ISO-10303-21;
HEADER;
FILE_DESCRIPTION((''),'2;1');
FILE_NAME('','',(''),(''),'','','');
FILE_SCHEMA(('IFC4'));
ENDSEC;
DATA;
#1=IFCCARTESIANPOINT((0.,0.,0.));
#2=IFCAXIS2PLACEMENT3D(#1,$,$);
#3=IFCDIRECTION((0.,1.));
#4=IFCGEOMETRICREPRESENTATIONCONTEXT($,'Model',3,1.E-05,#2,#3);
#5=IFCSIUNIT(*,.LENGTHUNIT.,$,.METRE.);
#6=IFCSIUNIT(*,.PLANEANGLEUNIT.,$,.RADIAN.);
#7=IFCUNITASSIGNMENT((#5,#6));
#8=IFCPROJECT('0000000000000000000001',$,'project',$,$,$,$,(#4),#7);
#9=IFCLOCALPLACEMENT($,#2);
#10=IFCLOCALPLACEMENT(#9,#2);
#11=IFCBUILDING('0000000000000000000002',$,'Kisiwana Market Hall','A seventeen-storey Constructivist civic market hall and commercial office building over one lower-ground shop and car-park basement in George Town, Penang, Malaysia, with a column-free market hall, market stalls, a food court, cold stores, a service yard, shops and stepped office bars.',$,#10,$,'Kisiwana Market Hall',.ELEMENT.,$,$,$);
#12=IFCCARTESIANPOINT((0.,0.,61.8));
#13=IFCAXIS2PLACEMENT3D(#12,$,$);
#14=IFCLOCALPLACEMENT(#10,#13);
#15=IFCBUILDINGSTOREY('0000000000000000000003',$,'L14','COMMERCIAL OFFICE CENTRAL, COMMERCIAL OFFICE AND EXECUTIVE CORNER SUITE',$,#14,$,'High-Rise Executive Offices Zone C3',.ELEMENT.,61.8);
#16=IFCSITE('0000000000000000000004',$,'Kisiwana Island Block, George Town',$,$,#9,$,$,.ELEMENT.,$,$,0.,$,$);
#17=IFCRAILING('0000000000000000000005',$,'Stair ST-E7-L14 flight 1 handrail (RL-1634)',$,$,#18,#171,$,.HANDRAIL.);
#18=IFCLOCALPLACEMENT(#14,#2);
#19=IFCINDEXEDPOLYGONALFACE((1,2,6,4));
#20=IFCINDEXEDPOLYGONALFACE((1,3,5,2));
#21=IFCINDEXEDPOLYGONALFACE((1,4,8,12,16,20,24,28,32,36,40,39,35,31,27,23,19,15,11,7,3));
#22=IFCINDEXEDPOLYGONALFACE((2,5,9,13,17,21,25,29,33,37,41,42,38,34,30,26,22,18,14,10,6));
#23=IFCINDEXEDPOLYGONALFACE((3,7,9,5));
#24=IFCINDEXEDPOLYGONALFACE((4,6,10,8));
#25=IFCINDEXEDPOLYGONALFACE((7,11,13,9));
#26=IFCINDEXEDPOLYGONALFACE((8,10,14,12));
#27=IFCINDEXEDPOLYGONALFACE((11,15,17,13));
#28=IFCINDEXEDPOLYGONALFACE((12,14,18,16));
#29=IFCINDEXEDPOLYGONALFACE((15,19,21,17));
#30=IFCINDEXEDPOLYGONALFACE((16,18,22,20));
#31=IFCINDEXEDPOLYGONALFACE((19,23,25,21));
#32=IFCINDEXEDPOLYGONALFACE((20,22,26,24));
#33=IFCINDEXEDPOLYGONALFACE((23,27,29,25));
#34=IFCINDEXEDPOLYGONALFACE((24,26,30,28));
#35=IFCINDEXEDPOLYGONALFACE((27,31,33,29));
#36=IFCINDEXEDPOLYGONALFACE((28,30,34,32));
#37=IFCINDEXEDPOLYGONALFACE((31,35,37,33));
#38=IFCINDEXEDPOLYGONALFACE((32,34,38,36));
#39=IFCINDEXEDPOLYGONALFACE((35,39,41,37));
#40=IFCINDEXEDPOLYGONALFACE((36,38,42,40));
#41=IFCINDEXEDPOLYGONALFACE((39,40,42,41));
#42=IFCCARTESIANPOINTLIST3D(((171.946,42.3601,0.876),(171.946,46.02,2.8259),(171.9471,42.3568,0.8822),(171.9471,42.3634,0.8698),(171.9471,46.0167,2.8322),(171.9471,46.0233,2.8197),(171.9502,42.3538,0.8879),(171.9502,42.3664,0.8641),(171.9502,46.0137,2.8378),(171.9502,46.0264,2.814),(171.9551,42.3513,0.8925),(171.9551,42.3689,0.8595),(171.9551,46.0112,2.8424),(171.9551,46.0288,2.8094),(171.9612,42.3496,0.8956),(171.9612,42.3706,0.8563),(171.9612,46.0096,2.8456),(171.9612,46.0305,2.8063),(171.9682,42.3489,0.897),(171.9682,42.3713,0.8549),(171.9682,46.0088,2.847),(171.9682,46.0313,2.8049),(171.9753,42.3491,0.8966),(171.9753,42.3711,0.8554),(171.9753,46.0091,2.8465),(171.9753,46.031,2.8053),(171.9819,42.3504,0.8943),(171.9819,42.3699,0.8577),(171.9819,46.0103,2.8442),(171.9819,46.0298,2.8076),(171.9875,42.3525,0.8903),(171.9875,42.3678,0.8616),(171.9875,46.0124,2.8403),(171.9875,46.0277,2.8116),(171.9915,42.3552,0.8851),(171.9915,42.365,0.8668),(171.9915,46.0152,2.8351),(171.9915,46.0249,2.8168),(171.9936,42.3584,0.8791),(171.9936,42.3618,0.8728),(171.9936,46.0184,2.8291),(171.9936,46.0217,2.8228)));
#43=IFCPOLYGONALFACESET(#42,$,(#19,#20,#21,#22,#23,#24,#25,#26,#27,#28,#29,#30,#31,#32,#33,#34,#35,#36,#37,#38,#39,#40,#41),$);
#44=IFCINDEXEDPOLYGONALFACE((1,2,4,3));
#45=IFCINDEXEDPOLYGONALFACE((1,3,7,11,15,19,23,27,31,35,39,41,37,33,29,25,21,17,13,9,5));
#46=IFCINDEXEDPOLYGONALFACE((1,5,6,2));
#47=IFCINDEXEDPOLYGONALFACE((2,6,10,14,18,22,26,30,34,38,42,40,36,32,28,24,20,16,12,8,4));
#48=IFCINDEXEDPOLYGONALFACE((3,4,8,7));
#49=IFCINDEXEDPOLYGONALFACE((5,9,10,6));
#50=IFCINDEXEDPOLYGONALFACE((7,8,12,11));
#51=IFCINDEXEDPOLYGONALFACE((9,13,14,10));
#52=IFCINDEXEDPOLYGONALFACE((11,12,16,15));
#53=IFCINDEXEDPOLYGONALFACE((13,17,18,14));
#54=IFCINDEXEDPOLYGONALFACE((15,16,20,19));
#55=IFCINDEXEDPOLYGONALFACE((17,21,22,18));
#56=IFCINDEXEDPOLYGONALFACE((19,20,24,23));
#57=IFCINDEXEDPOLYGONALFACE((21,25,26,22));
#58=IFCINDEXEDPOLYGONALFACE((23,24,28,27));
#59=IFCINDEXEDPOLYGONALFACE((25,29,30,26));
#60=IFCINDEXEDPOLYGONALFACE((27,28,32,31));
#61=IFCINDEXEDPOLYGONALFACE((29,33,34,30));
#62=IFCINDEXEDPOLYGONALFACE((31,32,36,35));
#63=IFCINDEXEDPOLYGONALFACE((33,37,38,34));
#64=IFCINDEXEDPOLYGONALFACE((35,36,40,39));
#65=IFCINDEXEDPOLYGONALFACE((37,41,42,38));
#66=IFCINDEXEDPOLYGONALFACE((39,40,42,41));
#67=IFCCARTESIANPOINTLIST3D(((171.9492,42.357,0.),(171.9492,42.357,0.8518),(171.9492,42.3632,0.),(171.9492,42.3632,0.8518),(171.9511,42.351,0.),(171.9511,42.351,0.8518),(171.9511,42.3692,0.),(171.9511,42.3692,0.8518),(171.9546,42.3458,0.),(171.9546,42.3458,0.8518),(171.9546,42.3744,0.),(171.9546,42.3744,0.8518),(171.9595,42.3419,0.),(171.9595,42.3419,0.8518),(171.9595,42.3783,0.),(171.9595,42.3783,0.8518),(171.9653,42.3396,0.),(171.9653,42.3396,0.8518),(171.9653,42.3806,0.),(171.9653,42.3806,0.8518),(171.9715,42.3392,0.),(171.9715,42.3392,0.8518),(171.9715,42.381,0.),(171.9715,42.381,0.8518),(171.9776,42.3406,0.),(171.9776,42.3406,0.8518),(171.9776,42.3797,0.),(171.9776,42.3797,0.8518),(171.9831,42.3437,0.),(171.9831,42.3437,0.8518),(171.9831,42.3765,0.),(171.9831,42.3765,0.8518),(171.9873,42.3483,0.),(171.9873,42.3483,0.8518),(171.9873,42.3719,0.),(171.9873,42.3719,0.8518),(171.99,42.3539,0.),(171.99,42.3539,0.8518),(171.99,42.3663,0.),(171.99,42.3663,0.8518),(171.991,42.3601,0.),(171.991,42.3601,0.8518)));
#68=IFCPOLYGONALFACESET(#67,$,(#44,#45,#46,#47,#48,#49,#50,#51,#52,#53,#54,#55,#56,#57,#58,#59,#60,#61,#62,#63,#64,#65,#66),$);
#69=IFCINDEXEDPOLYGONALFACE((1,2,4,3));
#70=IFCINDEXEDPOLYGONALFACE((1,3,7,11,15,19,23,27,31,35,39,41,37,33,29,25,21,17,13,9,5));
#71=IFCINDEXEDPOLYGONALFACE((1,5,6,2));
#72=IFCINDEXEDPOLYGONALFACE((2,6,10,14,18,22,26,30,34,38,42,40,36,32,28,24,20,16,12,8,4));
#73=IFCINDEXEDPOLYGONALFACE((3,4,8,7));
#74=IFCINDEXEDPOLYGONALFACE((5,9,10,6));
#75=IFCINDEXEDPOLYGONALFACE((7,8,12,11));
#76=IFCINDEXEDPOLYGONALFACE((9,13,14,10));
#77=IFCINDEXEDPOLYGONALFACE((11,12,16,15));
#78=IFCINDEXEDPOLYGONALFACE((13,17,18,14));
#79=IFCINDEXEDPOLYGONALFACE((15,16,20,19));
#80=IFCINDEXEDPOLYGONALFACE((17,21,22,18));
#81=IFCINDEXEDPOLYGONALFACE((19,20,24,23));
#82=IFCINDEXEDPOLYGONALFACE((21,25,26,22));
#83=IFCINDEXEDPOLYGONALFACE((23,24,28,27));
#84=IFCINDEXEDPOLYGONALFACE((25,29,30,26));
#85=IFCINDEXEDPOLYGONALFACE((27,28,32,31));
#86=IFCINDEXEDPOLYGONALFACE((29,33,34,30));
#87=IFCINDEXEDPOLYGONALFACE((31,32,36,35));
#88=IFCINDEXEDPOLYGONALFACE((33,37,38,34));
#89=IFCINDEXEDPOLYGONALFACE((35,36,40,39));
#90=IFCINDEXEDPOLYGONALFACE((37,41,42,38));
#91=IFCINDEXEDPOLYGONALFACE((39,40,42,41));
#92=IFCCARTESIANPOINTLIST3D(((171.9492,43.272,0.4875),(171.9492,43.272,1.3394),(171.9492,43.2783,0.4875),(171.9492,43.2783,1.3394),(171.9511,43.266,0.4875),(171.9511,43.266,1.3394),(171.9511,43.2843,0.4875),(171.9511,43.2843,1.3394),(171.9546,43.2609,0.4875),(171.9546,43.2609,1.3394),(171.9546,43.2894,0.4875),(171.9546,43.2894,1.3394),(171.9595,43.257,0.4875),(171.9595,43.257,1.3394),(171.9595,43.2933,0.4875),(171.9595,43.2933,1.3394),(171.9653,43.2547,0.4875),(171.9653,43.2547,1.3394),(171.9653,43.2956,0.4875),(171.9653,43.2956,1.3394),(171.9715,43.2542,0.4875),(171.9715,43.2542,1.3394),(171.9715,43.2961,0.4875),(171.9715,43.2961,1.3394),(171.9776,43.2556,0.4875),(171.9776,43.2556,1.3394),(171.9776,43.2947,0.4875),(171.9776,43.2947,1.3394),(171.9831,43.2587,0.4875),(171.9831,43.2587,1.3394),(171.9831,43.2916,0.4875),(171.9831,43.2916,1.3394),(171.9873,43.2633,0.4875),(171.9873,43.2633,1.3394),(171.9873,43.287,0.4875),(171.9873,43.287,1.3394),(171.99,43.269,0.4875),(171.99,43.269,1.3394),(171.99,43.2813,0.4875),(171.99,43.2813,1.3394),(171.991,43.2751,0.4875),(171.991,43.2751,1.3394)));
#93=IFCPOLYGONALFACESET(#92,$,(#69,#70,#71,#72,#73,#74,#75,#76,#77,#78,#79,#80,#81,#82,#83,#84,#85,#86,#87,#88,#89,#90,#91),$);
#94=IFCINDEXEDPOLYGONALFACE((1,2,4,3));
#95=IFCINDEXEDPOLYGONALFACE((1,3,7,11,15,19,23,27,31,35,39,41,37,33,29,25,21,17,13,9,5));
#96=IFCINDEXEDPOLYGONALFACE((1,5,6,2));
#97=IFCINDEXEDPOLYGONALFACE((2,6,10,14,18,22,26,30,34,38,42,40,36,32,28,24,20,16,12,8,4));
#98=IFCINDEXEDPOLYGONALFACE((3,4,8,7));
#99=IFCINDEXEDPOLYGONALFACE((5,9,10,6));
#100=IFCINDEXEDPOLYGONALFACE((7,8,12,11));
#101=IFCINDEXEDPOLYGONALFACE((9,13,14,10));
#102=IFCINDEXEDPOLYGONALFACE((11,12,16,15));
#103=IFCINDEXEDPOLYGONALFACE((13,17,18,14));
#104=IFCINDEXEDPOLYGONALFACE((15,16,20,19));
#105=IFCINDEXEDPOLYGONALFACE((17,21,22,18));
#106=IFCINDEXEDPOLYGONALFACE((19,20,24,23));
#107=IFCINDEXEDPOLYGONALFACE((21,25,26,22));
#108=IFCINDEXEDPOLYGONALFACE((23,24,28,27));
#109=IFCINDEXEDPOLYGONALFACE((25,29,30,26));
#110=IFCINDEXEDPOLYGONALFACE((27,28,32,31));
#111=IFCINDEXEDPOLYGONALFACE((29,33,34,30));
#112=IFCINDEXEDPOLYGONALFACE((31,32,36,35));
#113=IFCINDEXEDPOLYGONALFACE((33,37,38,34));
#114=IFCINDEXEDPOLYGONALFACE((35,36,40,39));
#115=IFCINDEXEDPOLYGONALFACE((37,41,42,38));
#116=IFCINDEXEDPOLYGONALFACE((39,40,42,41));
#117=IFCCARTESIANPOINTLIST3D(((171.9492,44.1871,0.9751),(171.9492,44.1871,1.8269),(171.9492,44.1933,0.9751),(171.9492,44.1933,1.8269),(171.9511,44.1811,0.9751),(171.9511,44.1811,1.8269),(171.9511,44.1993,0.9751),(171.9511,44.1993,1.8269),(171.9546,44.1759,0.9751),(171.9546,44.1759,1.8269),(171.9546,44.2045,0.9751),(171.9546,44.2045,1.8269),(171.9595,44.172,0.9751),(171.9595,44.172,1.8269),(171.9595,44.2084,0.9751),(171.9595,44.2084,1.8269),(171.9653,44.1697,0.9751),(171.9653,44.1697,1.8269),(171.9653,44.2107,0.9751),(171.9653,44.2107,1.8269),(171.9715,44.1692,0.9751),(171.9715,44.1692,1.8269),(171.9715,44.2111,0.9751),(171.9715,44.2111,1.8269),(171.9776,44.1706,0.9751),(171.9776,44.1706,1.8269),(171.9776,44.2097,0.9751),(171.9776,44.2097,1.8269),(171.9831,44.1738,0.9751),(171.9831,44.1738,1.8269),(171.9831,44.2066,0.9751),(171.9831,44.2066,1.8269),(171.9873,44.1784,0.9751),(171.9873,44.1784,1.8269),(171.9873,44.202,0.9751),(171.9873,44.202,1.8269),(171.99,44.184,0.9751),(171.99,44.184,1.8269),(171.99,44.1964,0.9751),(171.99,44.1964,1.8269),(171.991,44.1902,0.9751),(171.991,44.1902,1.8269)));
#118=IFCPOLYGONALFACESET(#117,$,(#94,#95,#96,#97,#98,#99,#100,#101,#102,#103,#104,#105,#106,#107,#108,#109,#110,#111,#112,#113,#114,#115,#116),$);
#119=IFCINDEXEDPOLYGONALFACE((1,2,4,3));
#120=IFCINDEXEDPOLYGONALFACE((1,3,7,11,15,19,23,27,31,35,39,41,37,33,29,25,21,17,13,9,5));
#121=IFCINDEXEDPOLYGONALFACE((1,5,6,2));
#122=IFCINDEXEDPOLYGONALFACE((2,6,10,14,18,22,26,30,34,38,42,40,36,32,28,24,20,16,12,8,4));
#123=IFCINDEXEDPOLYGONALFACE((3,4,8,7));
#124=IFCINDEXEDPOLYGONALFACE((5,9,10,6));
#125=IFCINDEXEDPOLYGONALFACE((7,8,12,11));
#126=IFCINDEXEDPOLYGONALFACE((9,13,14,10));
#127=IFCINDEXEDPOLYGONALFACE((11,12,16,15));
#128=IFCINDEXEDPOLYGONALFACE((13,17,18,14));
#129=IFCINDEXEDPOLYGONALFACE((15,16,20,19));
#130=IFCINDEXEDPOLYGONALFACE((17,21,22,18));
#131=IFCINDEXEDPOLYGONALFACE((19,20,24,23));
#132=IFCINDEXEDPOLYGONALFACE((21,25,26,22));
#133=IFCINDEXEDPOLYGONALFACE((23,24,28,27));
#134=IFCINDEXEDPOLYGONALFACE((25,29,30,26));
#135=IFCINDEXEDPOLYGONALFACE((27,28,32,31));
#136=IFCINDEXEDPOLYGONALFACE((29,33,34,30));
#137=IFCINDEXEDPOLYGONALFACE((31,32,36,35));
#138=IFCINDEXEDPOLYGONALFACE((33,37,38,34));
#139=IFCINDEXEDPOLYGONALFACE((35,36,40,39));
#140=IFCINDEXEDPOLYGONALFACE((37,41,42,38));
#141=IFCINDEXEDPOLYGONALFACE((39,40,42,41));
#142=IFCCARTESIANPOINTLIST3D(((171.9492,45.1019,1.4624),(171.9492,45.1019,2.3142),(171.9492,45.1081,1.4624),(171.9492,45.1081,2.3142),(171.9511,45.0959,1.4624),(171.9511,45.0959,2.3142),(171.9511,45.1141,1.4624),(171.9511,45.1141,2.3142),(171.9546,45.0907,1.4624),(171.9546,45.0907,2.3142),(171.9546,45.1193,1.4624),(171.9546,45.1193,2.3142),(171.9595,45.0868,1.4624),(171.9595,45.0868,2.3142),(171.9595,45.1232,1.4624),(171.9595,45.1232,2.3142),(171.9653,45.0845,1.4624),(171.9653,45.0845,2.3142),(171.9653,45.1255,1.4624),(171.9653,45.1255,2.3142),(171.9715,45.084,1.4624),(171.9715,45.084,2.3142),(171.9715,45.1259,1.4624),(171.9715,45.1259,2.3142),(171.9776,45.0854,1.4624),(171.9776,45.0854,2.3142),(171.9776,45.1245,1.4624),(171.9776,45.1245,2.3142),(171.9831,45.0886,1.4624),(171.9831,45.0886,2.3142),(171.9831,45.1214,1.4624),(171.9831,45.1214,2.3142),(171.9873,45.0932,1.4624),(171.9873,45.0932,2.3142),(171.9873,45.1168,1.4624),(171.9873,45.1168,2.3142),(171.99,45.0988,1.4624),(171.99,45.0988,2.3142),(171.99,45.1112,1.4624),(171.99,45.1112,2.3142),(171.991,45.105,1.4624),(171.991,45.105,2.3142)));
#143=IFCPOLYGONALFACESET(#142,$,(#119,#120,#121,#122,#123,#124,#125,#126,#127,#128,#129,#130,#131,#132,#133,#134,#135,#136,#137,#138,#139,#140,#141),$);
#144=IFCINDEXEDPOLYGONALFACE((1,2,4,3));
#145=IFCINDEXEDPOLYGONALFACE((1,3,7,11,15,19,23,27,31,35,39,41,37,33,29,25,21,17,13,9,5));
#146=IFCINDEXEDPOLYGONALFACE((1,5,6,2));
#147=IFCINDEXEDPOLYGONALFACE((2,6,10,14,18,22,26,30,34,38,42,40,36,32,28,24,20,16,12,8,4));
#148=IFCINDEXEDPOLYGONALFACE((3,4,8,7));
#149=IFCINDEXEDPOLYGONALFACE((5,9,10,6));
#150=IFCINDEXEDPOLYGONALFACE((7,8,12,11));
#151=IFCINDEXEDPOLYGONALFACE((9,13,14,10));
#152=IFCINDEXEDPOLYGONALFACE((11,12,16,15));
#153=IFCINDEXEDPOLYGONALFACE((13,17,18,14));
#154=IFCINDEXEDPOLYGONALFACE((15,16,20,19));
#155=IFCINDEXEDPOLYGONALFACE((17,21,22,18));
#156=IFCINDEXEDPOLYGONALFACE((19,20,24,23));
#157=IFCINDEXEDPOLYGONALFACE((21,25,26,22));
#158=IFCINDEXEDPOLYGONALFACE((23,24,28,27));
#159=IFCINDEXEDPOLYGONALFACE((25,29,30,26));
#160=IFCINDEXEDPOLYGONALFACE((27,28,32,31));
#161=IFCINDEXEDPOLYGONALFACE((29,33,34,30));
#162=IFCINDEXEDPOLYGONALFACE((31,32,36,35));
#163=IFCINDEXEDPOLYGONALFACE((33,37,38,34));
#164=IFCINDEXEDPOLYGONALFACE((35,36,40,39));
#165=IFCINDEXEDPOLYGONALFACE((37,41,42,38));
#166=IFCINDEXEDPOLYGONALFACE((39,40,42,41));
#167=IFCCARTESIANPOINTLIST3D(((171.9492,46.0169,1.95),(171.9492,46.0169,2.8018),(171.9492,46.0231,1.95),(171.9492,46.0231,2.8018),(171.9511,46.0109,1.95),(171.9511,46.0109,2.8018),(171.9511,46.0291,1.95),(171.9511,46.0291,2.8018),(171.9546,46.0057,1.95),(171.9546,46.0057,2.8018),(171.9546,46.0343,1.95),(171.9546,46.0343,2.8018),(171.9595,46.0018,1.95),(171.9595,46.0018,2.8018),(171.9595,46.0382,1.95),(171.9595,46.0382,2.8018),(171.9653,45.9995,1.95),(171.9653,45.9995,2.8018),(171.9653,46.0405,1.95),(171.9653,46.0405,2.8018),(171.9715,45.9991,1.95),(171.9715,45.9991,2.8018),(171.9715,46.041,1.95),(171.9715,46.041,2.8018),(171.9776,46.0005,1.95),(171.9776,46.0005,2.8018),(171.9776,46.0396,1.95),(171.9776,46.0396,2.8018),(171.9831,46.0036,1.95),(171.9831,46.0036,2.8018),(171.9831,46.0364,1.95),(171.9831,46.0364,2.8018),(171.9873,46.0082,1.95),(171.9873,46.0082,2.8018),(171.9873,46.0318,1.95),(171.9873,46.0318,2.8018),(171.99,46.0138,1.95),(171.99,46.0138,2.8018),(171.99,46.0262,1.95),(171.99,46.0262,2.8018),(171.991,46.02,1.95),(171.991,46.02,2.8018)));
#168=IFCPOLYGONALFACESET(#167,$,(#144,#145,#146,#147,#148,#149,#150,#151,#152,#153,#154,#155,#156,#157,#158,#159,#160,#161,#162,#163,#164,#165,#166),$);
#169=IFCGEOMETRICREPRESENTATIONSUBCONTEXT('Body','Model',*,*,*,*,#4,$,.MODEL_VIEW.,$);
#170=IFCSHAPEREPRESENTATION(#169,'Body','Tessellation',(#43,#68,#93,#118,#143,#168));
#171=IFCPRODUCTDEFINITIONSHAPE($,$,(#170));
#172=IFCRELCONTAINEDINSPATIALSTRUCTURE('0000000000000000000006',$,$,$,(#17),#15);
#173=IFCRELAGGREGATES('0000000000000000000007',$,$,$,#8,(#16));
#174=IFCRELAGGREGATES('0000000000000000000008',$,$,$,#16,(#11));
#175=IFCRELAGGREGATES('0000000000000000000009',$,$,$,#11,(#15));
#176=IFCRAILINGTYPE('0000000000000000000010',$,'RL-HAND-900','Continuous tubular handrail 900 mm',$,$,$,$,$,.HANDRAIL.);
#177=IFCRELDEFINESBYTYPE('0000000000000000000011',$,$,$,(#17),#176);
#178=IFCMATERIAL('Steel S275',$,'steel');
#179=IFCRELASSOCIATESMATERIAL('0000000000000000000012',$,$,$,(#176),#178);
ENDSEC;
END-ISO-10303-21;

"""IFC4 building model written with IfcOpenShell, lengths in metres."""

from ifc_helpers import new_model, si_unit, direction, frame, origin, origin_2d, place, context, subcontext, project, spatial, circle, extrude, material, type_object, element, save


model = new_model("IFC4")

# Units and contexts
model_context = context("Model", 3, precision=1e-05, world=origin(), true_north=direction((0.0, 1.0)))
body_context = subcontext(model_context, "Body", "Model", "MODEL_VIEW")
ifc_project = project(units=[si_unit("LENGTHUNIT", "METRE"), si_unit("PLANEANGLEUNIT", "RADIAN")], contexts=[model_context])

# Site, building, storey
site_placement = place(None, origin())
site = spatial("IfcSite", under=ifc_project, at=site_placement, Name="Kisiwana Island Block, George Town", CompositionType="ELEMENT", RefElevation=0.0)
building_placement = place(site_placement, origin())
building = spatial("IfcBuilding", under=site, at=building_placement, Name="Kisiwana Market Hall", Description="A seventeen-storey Constructivist civic market hall and commercial office building over one lower-ground shop and car-park basement in George Town, Penang, Malaysia, with a column-free market hall, market stalls, a food court, cold stores, a service yard, shops and stepped office bars.", LongName="Kisiwana Market Hall", CompositionType="ELEMENT")
storey_placement = place(building_placement, frame((0.0, 0.0, 61.8)))
storey = spatial("IfcBuildingStorey", under=building, at=storey_placement, Name="L14", Description="COMMERCIAL OFFICE CENTRAL, COMMERCIAL OFFICE AND EXECUTIVE CORNER SUITE", LongName="High-Rise Executive Offices Zone C3", CompositionType="ELEMENT", Elevation=61.8)

# Railing
ifc_material_1 = material(Name="Steel S275", Category="steel")
railing_type_1 = type_object("IfcRailingType", Name="RL-HAND-900", Description="Continuous tubular handrail 900 mm", PredefinedType="HANDRAIL", material=ifc_material_1)
railing_1_placement = place(storey_placement, frame((171.97, 42.3601, 0.0)))
element("IfcRailing", 1, at=railing_1_placement, inside=storey, type_object=railing_type_1, Name="Stair ST-E7-L14 flight 1 handrail (RL-1634)", PredefinedType="HANDRAIL", context=body_context, shape_type="SweptSolid", body=[
    extrude(circle(Radius=0.0239, at=origin_2d()), frame((0.0, 0.0, 0.876), z_axis=(0.0, 0.882553, 0.470212), x_axis=(-1.0, 0.0, 0.0)), (0.0, 0.0, 1.0), 4.147),
    extrude(circle(Radius=0.021, at=origin_2d()), origin(), (0.0, 0.0, 1.0), 0.8518),
    extrude(circle(Radius=0.021, at=origin_2d()), frame((0.0, 0.915, 0.4875)), (0.0, 0.0, 1.0), 0.8518),
    extrude(circle(Radius=0.021, at=origin_2d()), frame((0.0, 1.8301, 0.9751)), (0.0, 0.0, 1.0), 0.8518),
    extrude(circle(Radius=0.021, at=origin_2d()), frame((0.0, 2.7449, 1.4624)), (0.0, 0.0, 1.0), 0.8518),
    extrude(circle(Radius=0.021, at=origin_2d()), frame((0.0, 3.6599, 1.95)), (0.0, 0.0, 1.0), 0.8518),
])

save(model, "model.ifc")
